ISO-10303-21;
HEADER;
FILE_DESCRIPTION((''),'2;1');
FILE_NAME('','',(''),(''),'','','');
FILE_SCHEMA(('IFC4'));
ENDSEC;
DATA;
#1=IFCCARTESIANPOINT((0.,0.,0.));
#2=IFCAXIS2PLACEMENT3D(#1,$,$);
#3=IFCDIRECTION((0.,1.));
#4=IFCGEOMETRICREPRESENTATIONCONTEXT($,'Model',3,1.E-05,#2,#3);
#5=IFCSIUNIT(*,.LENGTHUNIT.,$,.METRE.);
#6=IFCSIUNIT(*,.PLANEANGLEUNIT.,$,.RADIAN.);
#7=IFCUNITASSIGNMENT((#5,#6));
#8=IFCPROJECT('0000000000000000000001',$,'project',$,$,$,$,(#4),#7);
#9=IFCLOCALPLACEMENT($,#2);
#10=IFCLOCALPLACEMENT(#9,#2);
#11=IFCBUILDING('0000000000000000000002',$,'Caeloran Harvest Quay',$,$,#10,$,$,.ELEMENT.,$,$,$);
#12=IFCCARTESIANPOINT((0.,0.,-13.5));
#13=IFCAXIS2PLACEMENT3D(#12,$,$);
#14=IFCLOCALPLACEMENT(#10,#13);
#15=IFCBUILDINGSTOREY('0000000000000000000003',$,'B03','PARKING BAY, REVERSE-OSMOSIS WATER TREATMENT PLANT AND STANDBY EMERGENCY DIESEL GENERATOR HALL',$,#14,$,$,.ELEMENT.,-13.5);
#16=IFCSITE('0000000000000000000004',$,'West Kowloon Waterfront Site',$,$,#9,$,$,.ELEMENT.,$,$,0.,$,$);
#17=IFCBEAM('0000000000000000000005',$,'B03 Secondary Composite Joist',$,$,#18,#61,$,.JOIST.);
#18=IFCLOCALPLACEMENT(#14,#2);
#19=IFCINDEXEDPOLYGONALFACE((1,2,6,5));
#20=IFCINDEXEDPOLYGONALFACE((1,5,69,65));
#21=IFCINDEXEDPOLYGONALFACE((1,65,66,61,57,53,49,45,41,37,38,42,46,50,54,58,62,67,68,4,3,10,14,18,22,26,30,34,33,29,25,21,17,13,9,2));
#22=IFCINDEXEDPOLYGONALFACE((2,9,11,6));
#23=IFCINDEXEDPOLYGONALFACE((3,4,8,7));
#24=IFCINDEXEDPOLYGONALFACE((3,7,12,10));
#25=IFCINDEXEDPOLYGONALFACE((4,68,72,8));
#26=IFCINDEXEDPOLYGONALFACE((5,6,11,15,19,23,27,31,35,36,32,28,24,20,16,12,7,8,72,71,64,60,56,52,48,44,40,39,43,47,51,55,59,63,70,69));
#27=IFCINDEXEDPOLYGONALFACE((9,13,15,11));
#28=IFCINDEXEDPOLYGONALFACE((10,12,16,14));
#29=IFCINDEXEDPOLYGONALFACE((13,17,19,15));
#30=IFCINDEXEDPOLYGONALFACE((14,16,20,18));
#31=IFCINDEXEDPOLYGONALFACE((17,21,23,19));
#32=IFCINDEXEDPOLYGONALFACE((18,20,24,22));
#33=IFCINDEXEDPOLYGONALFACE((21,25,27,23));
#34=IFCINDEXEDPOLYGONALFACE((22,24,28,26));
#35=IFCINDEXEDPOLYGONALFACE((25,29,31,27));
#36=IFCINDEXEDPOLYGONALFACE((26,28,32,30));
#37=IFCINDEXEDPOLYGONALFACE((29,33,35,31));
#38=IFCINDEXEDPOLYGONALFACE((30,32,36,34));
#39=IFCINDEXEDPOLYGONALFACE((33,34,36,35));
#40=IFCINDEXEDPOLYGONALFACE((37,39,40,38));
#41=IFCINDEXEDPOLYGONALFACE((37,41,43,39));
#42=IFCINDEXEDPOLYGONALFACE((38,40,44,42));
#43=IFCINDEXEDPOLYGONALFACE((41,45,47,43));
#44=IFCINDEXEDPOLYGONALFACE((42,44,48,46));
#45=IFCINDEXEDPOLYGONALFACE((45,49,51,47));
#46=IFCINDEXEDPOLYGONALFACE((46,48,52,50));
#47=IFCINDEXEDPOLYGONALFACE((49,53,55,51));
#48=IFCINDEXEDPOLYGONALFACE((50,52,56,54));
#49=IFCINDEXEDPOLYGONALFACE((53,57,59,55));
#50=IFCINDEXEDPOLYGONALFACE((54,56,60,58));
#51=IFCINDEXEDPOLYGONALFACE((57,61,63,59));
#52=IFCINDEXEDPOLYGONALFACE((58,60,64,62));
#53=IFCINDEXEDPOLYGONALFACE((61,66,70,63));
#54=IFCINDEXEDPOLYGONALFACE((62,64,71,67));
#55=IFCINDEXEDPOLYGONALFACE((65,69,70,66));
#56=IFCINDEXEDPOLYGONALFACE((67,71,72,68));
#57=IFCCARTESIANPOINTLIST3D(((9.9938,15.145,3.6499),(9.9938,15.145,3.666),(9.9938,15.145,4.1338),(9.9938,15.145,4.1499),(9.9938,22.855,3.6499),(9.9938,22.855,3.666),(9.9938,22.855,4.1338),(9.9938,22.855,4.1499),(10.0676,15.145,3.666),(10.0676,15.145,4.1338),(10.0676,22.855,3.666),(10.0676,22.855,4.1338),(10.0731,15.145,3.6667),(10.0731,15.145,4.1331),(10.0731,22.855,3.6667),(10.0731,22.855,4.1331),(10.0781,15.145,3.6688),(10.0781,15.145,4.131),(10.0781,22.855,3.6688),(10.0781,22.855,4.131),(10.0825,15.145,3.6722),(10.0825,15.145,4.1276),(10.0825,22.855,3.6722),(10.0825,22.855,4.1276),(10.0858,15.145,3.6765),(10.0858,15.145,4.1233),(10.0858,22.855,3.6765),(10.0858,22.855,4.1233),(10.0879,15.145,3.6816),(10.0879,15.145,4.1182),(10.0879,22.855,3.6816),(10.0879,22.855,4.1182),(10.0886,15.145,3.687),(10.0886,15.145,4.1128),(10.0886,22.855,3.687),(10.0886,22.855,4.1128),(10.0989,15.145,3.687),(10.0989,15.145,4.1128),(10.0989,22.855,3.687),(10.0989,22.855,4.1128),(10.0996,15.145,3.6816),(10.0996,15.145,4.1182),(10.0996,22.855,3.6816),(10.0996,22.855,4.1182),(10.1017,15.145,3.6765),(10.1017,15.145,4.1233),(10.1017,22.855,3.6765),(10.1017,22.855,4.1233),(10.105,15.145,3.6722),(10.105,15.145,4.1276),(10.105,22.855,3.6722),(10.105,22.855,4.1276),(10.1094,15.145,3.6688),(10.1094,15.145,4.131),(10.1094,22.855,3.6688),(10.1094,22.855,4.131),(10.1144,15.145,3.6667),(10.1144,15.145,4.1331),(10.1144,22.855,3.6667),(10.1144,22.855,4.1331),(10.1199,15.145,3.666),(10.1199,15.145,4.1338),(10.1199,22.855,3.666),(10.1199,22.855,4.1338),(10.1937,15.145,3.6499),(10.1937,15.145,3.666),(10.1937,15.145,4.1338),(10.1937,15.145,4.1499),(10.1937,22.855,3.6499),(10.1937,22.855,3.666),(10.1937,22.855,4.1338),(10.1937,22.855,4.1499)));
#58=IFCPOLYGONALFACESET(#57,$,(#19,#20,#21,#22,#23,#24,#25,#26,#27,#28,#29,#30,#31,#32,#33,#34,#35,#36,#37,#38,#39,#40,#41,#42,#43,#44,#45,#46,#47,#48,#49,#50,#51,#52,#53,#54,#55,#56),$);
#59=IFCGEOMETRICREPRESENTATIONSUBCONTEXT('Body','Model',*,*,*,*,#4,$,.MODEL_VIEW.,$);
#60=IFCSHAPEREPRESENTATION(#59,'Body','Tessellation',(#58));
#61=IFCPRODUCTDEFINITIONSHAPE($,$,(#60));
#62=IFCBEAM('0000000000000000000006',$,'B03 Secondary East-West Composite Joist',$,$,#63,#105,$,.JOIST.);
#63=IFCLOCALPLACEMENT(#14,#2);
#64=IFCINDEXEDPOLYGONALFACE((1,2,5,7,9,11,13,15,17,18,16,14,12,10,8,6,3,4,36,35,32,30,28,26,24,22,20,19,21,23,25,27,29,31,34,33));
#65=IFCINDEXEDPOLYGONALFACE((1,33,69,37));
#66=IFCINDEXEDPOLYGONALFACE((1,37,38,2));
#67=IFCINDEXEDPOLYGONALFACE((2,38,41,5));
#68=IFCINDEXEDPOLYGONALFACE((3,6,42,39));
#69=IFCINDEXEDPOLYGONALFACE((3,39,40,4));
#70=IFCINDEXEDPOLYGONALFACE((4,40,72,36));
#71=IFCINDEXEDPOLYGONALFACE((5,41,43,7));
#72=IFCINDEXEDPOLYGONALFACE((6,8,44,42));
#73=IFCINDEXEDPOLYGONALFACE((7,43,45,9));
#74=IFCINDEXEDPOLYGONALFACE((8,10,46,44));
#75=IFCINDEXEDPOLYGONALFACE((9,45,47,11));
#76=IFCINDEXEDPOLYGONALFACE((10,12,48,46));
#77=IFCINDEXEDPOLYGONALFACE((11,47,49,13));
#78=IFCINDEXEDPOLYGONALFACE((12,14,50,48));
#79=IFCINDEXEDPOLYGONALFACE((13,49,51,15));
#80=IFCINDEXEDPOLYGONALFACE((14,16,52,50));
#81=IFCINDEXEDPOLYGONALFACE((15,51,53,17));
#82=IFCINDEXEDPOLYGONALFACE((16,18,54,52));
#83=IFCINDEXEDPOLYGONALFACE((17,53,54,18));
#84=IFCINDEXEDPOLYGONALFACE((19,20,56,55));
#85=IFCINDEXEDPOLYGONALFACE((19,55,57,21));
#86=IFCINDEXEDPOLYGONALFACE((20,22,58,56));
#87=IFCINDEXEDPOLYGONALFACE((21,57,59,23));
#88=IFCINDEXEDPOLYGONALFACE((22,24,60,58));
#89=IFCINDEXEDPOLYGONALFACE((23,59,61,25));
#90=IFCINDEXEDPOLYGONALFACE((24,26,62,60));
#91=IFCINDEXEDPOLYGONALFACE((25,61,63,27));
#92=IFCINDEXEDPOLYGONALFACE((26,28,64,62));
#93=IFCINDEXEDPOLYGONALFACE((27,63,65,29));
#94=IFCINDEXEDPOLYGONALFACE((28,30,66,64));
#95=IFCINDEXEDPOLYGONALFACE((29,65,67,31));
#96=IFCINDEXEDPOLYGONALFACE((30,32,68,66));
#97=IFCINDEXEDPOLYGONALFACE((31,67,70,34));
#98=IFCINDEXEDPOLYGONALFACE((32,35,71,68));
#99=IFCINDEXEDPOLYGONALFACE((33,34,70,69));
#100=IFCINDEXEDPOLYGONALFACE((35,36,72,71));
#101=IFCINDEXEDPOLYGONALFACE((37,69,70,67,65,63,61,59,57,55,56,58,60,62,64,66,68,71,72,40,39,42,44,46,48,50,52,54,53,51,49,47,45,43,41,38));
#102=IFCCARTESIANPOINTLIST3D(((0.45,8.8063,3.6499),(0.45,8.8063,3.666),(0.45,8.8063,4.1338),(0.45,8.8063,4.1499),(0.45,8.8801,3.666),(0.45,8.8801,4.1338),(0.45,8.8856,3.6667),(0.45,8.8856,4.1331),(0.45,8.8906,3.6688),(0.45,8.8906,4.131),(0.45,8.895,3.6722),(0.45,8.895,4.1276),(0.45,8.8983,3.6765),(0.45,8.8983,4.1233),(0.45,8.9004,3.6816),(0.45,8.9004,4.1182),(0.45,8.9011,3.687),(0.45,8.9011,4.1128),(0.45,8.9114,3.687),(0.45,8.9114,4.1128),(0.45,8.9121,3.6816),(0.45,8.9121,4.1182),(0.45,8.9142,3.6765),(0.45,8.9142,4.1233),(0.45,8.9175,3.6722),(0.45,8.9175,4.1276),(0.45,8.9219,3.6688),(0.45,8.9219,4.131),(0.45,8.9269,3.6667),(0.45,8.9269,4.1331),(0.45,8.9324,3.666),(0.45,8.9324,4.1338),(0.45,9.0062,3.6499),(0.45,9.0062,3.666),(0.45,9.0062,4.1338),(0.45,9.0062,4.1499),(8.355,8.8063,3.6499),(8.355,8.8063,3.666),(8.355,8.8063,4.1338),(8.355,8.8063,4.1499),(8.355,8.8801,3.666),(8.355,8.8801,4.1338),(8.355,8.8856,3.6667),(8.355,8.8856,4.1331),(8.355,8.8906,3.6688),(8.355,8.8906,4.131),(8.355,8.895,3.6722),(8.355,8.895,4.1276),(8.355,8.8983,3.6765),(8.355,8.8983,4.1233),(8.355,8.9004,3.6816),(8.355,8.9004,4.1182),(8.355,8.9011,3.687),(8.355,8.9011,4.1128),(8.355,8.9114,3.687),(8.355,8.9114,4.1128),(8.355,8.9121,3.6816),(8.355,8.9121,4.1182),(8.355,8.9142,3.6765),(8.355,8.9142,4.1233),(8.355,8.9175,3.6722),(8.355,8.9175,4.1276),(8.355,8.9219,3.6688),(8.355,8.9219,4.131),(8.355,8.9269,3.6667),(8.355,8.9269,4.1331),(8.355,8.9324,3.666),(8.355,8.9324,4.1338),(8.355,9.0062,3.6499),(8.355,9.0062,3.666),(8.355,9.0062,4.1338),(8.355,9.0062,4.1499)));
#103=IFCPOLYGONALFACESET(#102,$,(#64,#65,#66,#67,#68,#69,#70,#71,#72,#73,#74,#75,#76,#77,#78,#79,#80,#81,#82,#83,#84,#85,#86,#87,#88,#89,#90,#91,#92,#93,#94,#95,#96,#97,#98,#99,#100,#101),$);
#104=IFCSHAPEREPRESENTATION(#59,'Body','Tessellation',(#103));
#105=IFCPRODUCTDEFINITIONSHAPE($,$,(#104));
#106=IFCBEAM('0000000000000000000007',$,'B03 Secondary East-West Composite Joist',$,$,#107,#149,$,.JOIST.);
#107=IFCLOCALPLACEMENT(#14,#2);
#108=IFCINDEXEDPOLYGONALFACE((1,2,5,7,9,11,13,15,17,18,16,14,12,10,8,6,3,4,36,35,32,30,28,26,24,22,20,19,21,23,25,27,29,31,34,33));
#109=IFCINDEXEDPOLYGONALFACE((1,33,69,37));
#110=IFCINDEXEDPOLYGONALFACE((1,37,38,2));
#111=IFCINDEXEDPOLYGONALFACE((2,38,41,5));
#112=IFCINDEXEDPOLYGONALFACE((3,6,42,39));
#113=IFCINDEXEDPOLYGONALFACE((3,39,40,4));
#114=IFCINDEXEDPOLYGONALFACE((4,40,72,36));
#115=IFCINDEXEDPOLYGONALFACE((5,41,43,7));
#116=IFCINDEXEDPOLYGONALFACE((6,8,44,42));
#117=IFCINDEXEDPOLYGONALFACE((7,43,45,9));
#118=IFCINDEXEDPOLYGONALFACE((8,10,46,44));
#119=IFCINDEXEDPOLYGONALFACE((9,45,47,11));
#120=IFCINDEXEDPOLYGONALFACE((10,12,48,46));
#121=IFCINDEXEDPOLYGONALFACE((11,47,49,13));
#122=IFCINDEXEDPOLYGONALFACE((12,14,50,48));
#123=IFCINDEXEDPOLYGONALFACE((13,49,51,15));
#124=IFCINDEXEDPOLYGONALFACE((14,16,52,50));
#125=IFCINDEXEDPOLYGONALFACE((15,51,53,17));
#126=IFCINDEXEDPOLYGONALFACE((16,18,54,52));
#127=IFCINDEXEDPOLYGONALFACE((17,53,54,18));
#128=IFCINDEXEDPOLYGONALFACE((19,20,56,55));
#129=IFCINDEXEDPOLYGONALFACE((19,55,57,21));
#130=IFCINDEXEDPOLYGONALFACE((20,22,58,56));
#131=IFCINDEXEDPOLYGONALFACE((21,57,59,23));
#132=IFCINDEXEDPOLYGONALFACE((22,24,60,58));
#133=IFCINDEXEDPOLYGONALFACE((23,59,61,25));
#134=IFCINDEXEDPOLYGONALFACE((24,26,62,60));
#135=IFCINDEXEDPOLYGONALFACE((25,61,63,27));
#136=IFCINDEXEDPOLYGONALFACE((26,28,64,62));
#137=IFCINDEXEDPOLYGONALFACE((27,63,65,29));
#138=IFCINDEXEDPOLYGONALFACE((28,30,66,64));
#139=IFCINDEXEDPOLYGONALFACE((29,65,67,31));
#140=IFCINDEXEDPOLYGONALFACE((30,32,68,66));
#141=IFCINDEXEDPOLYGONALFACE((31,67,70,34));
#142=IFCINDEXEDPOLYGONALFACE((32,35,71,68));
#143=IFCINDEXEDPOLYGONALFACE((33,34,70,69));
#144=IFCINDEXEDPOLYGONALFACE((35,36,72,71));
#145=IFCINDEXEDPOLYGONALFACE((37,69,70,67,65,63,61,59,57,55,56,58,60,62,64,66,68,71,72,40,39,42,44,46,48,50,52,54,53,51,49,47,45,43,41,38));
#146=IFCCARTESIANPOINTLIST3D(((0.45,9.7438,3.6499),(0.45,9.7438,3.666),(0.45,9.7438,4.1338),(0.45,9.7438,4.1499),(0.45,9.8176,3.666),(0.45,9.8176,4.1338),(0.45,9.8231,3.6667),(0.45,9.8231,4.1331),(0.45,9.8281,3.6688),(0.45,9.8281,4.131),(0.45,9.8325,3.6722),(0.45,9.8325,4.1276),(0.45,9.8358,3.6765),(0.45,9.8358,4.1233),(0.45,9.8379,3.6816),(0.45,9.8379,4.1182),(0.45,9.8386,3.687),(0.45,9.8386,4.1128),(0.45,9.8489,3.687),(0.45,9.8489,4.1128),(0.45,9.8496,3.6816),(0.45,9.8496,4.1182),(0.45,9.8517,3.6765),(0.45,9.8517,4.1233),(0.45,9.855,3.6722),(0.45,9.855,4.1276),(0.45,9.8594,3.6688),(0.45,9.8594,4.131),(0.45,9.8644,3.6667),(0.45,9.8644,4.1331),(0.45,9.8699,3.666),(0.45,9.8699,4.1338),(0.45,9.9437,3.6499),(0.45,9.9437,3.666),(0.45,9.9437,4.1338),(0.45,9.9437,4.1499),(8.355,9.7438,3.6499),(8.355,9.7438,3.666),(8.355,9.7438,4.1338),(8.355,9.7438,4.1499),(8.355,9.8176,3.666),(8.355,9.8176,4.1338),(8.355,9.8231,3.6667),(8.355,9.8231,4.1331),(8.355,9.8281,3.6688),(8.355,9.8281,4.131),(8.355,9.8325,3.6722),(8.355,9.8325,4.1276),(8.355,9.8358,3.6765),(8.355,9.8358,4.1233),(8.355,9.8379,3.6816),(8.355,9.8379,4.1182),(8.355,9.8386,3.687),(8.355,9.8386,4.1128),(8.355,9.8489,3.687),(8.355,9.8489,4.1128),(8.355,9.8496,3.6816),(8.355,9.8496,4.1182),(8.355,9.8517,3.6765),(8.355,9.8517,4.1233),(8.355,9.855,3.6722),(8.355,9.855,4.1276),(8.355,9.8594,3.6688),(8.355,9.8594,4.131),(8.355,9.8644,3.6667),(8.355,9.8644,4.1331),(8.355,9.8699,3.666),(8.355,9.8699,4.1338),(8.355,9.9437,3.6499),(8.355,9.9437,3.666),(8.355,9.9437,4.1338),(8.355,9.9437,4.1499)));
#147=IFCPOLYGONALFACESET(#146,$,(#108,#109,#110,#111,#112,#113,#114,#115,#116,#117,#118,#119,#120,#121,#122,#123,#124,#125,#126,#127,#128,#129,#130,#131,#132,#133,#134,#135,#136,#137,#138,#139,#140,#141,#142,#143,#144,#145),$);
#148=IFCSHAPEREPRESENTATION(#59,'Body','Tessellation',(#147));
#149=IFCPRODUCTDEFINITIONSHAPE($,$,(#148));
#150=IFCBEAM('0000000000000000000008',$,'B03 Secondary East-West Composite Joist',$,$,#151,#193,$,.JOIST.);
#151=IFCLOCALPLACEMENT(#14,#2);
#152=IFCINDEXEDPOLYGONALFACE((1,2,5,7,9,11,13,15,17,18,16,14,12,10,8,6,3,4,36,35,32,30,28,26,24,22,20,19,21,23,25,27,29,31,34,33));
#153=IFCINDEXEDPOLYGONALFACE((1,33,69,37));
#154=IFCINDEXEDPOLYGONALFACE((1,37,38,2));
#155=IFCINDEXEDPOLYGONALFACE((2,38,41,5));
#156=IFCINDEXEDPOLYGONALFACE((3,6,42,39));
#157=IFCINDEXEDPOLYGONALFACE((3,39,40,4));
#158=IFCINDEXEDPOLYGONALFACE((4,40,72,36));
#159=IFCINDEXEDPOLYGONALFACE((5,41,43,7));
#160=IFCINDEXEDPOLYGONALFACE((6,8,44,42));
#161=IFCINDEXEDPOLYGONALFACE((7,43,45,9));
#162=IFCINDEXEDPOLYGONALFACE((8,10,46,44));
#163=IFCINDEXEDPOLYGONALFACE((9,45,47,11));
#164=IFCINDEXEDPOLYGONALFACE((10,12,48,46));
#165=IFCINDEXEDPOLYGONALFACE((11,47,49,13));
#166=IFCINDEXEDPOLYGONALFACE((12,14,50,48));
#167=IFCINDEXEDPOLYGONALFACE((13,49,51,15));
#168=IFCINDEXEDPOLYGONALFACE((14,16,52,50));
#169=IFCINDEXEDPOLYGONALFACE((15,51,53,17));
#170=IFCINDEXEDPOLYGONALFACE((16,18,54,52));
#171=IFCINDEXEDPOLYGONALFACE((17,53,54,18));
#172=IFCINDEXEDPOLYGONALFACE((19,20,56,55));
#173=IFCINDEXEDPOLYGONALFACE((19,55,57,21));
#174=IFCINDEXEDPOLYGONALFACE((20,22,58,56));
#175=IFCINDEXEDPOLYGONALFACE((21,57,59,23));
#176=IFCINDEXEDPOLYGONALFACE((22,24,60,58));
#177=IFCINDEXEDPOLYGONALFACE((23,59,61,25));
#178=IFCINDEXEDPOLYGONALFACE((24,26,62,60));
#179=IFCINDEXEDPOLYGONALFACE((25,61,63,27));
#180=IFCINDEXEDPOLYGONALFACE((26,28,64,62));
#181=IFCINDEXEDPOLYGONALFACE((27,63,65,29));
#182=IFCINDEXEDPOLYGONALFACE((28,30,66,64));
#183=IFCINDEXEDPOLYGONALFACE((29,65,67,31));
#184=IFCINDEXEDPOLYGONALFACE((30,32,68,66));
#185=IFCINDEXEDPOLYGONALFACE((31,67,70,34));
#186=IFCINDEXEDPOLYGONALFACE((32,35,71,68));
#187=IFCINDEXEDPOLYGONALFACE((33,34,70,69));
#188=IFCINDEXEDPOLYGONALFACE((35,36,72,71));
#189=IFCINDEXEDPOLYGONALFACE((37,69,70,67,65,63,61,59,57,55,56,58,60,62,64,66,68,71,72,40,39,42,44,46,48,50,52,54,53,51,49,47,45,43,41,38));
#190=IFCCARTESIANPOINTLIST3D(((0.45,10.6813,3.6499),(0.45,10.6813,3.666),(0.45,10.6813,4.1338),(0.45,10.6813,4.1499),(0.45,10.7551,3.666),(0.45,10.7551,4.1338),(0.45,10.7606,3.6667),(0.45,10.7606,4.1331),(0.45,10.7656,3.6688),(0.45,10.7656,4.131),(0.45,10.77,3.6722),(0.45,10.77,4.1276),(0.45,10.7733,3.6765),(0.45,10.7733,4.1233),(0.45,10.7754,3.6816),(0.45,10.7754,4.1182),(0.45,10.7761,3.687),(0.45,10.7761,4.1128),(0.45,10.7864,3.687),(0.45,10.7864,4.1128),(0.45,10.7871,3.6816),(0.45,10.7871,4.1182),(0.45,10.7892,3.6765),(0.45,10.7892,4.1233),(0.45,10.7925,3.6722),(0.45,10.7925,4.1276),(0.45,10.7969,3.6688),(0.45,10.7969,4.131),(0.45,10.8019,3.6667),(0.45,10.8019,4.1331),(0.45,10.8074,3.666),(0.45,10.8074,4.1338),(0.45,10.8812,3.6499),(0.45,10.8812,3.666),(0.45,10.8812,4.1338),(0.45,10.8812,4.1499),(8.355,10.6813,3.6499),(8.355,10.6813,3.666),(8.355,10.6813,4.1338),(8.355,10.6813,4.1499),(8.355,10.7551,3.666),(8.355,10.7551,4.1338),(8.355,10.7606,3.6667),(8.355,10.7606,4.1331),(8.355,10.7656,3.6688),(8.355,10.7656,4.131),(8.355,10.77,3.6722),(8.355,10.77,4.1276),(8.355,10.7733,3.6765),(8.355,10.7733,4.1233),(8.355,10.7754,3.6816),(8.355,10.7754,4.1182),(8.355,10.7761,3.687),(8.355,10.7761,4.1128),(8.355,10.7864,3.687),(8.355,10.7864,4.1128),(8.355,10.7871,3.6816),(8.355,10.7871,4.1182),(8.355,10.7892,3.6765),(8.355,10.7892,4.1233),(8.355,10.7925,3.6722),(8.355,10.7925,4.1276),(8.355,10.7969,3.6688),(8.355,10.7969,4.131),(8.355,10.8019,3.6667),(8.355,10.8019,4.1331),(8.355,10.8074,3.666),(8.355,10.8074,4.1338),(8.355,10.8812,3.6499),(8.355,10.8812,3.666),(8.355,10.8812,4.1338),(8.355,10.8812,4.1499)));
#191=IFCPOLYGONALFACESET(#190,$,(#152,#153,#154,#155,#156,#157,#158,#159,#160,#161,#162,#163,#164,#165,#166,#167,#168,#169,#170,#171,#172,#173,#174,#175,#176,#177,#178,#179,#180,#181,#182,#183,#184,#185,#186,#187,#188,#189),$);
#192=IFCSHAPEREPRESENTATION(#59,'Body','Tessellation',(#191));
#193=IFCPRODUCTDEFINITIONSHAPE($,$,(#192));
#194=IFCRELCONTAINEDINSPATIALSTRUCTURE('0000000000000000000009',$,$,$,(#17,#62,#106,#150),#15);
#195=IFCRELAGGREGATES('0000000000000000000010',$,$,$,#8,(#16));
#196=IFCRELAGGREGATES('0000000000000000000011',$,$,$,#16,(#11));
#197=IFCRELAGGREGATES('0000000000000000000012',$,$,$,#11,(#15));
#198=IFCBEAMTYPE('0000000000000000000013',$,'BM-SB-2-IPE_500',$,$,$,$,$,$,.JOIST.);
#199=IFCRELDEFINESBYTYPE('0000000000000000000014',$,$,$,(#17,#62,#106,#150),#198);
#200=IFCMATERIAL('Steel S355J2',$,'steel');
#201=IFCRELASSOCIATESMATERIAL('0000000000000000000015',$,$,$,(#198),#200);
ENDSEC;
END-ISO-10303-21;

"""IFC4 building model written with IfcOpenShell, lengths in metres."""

from ifc_helpers import new_model, si_unit, direction, frame, origin, origin_2d, place, context, subcontext, project, spatial, i_section, extrude, material, material_profile, profile_set, type_object, element, save


model = new_model("IFC4")

# Units and contexts
model_context = context("Model", 3, precision=1e-05, world=origin(), true_north=direction((0.0, 1.0)))
body_context = subcontext(model_context, "Body", "Model", "MODEL_VIEW")
ifc_project = project(units=[si_unit("LENGTHUNIT", "METRE"), si_unit("PLANEANGLEUNIT", "RADIAN")], contexts=[model_context])

# Site, building, storey
site_placement = place(None, origin())
site = spatial("IfcSite", under=ifc_project, at=site_placement, Name="West Kowloon Waterfront Site", CompositionType="ELEMENT", RefElevation=0.0)
building_placement = place(site_placement, origin())
building = spatial("IfcBuilding", under=site, at=building_placement, Name="Caeloran Harvest Quay", CompositionType="ELEMENT")
storey_placement = place(building_placement, frame((0.0, 0.0, -13.5)))
storey = spatial("IfcBuildingStorey", under=building, at=storey_placement, Name="B03", Description="PARKING BAY, REVERSE-OSMOSIS WATER TREATMENT PLANT AND STANDBY EMERGENCY DIESEL GENERATOR HALL", CompositionType="ELEMENT", Elevation=-13.5)

# Beams
ifc_material_1 = material(Name="Steel S355J2", Category="steel")
ifc_material_profile_1 = material_profile(ifc_material_1, i_section(OverallWidth=0.2, OverallDepth=0.5, WebThickness=0.0103, FlangeThickness=0.0161, FilletRadius=0.021, at=origin_2d()), Name="IPE 500")
ifc_profile_set_1 = profile_set([ifc_material_profile_1], Name="Steel S355J2")
beam_type_1 = type_object("IfcBeamType", Name="BM-SB-2-IPE_500", PredefinedType="JOIST", material=ifc_profile_set_1)
for number, where, z_axis, x_axis, name in (
    (1, (10.0938, 15.145, 3.8999), (0.0, 1.0, 0.0), (-1.0, 0.0, 0.0), "B03 Secondary Composite Joist"),
):
    element("IfcBeam", number, at=place(storey_placement, frame(where, z_axis=z_axis, x_axis=x_axis)), inside=storey, type_object=beam_type_1, Name=name, PredefinedType="JOIST", context=body_context, shape_type="SweptSolid", body=[
        extrude(i_section(OverallWidth=0.2, OverallDepth=0.5, WebThickness=0.0103, FlangeThickness=0.0161, FilletRadius=0.021, at=origin_2d()), origin(), (0.0, 0.0, 1.0), 7.71),
    ])
for number, where, z_axis, x_axis, name in (
    (2, (0.45, 8.9062, 3.8999), (1.0, 0.0, 0.0), (0.0, 1.0, 0.0), "B03 Secondary East-West Composite Joist"),
    (3, (0.45, 9.8438, 3.8999), (1.0, 0.0, 0.0), (0.0, 1.0, 0.0), "B03 Secondary East-West Composite Joist"),
    (4, (0.45, 10.7812, 3.8999), (1.0, 0.0, 0.0), (0.0, 1.0, 0.0), "B03 Secondary East-West Composite Joist"),
):
    element("IfcBeam", number, at=place(storey_placement, frame(where, z_axis=z_axis, x_axis=x_axis)), inside=storey, type_object=beam_type_1, Name=name, PredefinedType="JOIST", context=body_context, shape_type="SweptSolid", body=[
        extrude(i_section(OverallWidth=0.2, OverallDepth=0.5, WebThickness=0.0103, FlangeThickness=0.0161, FilletRadius=0.021, at=origin_2d()), origin(), (0.0, 0.0, 1.0), 7.905),
    ])

save(model, "model.ifc")
